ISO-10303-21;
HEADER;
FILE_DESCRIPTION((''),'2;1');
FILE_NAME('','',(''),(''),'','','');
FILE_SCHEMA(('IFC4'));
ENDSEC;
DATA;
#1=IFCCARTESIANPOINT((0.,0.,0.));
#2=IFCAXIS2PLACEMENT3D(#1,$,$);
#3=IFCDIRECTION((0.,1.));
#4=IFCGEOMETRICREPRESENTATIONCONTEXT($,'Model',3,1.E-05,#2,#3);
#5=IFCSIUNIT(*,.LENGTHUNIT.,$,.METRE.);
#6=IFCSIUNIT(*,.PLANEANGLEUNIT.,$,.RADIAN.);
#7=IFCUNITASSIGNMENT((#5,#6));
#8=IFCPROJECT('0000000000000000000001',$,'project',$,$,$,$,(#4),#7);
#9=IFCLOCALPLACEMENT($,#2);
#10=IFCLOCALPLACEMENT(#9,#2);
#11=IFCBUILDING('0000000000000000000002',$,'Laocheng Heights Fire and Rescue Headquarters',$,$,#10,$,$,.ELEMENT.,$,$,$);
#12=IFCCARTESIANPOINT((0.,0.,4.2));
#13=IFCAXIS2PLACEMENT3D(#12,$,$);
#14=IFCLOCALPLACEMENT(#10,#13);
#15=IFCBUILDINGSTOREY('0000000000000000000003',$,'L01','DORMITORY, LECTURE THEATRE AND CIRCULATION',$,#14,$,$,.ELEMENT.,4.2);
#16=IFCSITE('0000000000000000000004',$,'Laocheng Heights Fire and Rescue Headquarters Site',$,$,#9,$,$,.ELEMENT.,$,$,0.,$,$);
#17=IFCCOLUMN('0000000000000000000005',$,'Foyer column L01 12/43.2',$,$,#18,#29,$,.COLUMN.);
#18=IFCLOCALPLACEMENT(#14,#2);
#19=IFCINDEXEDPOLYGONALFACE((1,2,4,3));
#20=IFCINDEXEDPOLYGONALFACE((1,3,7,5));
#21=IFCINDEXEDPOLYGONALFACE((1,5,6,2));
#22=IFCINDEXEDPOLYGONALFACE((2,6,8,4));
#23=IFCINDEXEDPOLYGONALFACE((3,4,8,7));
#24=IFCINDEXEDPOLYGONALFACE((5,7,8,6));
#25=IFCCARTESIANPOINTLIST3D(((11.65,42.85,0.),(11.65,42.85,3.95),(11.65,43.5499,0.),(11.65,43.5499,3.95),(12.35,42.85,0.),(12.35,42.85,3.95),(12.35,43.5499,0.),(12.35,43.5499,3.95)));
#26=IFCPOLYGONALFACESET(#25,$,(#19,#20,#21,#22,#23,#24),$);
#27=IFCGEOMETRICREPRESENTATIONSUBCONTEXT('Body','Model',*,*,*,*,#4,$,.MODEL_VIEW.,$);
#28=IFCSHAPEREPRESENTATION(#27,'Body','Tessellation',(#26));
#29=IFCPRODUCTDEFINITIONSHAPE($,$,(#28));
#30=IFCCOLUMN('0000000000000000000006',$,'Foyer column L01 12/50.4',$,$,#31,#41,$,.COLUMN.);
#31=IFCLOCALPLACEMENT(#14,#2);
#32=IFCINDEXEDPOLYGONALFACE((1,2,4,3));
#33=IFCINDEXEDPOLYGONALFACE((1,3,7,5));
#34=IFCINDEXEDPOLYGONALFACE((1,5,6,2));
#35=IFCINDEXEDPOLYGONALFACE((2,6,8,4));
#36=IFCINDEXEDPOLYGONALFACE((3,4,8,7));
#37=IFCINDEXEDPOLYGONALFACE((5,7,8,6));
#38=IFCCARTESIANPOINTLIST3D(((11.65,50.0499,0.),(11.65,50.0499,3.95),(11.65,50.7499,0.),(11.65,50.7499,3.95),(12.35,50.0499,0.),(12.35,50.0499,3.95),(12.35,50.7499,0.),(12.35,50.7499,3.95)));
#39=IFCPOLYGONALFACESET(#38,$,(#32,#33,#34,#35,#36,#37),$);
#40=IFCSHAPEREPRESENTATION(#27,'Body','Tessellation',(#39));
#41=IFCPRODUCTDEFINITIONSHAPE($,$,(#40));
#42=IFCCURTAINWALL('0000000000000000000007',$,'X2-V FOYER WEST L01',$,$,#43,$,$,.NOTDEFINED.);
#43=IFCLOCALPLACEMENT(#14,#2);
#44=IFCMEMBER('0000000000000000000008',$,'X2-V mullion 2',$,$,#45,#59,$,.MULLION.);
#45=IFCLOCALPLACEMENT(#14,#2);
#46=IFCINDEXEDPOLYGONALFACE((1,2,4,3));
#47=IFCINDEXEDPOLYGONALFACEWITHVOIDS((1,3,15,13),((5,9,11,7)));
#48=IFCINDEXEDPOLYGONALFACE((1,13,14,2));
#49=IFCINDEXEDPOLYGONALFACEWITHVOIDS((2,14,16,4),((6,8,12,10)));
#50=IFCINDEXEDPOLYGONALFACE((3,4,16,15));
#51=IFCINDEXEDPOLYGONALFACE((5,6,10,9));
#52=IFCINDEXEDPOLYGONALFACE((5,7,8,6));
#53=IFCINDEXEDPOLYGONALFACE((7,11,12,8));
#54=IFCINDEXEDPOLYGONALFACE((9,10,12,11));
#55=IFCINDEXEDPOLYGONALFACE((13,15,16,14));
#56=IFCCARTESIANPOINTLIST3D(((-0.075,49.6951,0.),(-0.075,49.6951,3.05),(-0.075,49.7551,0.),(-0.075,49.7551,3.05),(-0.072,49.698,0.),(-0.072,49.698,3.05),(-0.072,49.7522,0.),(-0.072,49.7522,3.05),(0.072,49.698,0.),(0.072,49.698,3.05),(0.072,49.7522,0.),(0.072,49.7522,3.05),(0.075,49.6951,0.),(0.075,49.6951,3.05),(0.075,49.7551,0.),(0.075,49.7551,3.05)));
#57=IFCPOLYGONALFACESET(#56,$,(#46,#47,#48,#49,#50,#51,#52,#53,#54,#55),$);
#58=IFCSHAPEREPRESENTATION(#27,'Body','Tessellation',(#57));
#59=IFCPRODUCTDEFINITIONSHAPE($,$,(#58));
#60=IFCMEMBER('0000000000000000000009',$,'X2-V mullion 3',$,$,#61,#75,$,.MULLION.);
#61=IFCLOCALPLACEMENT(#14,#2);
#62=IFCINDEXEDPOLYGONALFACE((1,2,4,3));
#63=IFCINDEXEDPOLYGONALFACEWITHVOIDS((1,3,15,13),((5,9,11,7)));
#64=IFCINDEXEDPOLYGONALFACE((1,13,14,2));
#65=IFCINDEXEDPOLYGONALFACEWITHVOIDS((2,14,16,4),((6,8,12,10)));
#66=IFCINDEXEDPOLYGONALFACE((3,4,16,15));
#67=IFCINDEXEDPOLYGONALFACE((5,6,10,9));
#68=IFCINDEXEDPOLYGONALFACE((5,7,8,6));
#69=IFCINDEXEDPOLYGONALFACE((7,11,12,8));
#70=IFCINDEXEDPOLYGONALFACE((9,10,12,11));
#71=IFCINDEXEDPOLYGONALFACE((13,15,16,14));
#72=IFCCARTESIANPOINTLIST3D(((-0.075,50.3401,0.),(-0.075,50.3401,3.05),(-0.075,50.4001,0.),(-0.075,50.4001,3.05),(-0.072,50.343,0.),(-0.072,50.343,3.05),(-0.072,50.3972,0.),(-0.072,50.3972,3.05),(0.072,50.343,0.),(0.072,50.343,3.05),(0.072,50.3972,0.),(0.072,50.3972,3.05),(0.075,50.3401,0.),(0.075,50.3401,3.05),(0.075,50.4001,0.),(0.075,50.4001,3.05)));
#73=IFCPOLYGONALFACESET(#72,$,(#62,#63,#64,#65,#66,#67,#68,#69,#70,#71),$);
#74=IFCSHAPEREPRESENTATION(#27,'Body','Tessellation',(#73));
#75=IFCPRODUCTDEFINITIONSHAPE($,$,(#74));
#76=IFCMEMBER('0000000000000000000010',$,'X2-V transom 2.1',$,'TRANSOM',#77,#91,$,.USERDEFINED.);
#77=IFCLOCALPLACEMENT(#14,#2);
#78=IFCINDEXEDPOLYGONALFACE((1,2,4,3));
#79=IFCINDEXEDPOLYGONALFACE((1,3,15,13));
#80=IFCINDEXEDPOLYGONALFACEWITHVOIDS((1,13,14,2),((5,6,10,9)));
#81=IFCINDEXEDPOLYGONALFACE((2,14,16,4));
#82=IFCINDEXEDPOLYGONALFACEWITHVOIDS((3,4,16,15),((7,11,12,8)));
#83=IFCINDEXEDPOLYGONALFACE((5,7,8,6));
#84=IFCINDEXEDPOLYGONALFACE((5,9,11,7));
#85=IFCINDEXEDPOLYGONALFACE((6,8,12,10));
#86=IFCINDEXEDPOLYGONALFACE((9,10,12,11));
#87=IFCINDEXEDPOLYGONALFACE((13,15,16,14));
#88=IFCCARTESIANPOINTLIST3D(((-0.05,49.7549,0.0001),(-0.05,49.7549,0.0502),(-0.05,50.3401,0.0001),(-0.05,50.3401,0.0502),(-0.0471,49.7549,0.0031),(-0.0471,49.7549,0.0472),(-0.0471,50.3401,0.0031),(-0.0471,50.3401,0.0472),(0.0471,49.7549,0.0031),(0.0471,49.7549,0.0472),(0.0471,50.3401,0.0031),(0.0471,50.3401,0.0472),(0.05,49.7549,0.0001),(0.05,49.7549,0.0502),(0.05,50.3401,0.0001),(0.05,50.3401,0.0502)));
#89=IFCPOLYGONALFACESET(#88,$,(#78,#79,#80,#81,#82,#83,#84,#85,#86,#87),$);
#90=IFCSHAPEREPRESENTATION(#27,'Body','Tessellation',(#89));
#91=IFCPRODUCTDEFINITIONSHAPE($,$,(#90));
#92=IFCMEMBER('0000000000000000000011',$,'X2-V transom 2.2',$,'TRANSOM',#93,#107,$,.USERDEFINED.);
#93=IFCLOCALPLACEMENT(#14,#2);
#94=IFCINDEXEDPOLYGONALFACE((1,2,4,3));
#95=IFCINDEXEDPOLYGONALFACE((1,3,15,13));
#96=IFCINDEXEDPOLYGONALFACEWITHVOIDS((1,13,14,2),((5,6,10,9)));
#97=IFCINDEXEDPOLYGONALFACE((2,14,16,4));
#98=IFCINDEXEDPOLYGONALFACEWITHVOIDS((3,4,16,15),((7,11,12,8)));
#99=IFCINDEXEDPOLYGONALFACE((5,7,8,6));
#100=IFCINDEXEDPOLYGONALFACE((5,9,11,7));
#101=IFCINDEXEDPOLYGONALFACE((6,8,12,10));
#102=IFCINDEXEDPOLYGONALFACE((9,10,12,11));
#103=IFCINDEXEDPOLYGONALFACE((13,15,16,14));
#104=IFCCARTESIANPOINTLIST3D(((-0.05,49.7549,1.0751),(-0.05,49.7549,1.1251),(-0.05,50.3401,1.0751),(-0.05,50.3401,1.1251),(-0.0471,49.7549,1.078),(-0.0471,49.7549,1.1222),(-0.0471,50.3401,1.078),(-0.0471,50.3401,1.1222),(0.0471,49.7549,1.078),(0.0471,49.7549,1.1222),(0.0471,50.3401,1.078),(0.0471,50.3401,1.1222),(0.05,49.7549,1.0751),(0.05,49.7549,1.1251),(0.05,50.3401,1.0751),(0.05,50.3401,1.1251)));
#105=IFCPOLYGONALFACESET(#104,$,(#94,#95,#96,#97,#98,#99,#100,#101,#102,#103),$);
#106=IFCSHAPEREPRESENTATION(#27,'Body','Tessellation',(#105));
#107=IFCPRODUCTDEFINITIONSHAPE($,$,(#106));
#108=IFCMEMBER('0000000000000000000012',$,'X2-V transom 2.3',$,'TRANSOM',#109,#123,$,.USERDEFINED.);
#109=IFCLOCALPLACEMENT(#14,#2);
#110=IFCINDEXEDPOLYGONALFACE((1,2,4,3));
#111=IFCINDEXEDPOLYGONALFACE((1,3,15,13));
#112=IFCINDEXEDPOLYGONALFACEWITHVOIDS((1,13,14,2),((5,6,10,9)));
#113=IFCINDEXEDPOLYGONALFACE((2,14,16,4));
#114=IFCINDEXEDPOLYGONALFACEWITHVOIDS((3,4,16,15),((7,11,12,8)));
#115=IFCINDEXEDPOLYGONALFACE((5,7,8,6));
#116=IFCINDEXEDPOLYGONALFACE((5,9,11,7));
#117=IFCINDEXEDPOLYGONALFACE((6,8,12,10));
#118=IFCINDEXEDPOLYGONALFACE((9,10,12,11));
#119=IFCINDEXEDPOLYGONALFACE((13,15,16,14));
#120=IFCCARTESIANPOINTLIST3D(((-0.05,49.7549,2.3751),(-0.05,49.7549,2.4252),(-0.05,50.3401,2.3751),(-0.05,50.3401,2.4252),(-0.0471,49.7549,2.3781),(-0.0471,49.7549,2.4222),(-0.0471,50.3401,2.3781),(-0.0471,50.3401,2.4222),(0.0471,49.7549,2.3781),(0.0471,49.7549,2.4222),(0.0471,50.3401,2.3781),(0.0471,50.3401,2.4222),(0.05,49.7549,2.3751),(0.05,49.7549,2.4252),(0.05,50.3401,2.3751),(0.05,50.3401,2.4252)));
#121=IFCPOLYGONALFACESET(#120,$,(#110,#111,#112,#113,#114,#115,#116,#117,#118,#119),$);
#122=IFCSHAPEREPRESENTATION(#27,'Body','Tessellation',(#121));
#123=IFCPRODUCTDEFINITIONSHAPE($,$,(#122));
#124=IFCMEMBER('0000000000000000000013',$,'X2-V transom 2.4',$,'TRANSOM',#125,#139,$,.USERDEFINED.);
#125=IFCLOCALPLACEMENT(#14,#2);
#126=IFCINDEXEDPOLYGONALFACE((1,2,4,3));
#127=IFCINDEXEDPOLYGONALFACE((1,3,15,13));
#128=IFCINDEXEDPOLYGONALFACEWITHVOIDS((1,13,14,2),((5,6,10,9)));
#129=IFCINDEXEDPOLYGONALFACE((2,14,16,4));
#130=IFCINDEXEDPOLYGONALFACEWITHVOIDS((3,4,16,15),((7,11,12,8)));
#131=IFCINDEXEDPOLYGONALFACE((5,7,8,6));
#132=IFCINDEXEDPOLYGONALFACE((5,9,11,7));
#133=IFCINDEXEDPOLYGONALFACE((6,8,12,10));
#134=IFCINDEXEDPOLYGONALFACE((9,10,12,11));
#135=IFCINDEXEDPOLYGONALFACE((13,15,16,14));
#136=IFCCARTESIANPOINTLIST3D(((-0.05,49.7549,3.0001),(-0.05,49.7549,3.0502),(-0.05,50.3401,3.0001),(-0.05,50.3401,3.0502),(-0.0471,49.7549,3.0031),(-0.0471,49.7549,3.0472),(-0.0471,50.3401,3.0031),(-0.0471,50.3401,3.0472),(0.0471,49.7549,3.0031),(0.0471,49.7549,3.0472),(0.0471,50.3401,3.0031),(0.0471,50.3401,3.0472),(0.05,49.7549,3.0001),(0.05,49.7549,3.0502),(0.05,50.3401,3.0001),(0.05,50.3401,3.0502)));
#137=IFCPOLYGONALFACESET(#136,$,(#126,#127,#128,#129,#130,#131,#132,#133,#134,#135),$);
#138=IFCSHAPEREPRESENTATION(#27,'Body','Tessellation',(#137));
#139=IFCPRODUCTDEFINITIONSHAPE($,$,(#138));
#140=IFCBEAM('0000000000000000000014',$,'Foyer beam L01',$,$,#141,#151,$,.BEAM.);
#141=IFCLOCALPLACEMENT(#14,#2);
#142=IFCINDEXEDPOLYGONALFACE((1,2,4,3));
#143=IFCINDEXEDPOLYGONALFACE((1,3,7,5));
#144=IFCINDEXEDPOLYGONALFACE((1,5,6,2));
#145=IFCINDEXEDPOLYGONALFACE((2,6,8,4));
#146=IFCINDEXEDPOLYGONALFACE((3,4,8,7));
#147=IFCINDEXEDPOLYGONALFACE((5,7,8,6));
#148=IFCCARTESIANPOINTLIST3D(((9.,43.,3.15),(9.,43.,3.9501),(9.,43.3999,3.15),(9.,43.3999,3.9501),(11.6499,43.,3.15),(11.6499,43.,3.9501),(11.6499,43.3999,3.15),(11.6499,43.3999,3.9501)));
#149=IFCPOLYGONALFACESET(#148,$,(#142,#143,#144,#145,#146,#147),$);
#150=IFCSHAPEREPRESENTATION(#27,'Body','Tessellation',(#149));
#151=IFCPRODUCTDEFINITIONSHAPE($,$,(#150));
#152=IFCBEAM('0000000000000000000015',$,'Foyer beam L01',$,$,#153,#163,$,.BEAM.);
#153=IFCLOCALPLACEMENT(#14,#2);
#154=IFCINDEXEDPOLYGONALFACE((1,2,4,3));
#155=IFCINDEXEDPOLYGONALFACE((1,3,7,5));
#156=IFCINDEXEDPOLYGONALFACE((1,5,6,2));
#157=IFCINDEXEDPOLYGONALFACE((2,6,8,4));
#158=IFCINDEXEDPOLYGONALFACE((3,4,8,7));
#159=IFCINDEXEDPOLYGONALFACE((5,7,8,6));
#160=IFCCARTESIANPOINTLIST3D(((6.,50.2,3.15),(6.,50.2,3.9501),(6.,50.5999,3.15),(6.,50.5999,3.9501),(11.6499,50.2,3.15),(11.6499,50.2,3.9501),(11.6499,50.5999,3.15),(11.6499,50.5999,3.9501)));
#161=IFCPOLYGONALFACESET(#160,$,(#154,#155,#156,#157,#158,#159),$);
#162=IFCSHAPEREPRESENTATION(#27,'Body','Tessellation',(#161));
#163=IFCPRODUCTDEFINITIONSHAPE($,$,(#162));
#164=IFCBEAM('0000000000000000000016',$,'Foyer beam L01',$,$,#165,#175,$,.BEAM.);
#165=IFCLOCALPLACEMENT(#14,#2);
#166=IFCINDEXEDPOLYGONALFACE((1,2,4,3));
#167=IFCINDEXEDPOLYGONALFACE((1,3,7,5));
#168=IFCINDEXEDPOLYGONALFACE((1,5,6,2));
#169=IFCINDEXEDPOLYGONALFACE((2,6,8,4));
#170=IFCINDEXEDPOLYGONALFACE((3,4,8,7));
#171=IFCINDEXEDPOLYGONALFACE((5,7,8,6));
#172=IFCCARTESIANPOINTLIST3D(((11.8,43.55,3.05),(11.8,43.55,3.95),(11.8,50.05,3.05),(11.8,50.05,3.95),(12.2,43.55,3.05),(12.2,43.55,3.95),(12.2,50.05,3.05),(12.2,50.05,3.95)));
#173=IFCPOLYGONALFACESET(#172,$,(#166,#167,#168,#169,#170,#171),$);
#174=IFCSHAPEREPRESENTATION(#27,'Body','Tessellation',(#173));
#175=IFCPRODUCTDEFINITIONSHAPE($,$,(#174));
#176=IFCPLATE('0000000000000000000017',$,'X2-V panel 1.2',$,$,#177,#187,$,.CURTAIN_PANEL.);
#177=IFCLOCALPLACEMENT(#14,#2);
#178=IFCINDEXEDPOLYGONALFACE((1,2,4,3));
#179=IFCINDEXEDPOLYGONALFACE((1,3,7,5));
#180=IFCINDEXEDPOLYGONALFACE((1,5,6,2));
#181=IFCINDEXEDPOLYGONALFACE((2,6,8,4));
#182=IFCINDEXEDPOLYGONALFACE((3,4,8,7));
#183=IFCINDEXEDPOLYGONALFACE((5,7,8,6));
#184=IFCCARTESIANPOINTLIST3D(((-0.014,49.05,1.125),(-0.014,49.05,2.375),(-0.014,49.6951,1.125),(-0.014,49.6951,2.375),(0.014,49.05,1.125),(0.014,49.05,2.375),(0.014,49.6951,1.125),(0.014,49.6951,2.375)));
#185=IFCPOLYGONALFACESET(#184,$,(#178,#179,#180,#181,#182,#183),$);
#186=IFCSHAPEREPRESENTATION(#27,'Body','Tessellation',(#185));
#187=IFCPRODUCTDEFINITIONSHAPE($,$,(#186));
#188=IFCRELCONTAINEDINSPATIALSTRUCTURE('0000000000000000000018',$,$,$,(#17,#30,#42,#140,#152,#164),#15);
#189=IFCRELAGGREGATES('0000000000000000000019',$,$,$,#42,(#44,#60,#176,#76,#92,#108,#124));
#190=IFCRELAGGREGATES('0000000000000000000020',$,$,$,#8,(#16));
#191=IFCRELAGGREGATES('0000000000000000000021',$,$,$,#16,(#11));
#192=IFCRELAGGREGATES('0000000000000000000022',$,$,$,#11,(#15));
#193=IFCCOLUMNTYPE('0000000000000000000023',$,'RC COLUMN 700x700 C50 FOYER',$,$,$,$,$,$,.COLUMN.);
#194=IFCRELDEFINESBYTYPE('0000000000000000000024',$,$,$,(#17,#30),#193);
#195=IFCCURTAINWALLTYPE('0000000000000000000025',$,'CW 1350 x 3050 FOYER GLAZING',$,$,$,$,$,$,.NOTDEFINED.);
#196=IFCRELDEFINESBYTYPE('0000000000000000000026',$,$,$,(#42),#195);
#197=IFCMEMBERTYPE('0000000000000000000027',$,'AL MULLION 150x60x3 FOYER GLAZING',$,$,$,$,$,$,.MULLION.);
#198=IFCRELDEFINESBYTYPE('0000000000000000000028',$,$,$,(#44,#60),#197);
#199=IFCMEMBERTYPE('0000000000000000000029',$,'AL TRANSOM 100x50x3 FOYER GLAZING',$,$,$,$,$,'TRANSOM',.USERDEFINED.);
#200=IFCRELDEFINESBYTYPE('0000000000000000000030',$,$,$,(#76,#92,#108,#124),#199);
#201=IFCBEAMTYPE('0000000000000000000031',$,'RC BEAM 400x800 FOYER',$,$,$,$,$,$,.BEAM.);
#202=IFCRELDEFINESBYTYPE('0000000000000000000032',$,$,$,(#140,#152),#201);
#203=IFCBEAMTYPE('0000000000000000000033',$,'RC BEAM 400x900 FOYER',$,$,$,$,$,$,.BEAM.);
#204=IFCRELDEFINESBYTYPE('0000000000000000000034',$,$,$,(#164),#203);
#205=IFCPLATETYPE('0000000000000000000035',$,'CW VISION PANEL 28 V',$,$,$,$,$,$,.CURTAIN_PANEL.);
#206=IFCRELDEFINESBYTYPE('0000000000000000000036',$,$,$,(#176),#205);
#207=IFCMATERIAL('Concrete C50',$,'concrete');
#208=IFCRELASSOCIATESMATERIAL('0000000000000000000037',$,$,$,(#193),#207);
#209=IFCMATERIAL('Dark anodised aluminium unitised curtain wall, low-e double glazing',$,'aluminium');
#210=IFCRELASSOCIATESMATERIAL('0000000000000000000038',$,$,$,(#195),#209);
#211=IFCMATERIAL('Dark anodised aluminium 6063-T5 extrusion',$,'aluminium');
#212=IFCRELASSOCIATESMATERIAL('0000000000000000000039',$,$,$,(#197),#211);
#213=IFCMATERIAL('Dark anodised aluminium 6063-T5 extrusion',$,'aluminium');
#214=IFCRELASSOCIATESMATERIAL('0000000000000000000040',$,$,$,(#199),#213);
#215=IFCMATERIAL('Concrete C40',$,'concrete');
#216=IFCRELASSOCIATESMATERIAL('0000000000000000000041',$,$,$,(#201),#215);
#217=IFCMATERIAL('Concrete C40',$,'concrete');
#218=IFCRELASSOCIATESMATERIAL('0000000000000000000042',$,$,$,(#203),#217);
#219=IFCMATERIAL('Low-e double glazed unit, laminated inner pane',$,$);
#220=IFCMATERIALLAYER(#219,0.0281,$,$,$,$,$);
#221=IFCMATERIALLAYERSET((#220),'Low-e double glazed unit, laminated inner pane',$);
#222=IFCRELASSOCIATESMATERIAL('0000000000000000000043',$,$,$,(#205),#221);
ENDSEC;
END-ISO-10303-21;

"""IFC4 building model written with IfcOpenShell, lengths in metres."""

from ifc_helpers import new_model, si_unit, direction, frame, origin, origin_2d, place, context, subcontext, project, spatial, rectangle, hollow_rectangle, extrude, material, layer, layer_set, material_profile, profile_set, type_object, element, aggregate, save


model = new_model("IFC4")

# Units and contexts
model_context = context("Model", 3, precision=1e-05, world=origin(), true_north=direction((0.0, 1.0)))
body_context = subcontext(model_context, "Body", "Model", "MODEL_VIEW")
ifc_project = project(units=[si_unit("LENGTHUNIT", "METRE"), si_unit("PLANEANGLEUNIT", "RADIAN")], contexts=[model_context])

# Site, building, storey
site_placement = place(None, origin())
site = spatial("IfcSite", under=ifc_project, at=site_placement, Name="Laocheng Heights Fire and Rescue Headquarters Site", CompositionType="ELEMENT", RefElevation=0.0)
building_placement = place(site_placement, origin())
building = spatial("IfcBuilding", under=site, at=building_placement, Name="Laocheng Heights Fire and Rescue Headquarters", CompositionType="ELEMENT")
storey_placement = place(building_placement, frame((0.0, 0.0, 4.2)))
storey = spatial("IfcBuildingStorey", under=building, at=storey_placement, Name="L01", Description="DORMITORY, LECTURE THEATRE AND CIRCULATION", CompositionType="ELEMENT", Elevation=4.2)

# Columns
ifc_material_1 = material(Name="Concrete C50", Category="concrete")
ifc_material_profile_1 = material_profile(ifc_material_1, rectangle(XDim=0.7, YDim=0.7, at=origin_2d()), Name="RC COLUMN 700x700 C50 FOYER")
ifc_profile_set_1 = profile_set([ifc_material_profile_1], Name="Concrete C50")
column_type = type_object("IfcColumnType", Name="RC COLUMN 700x700 C50 FOYER", PredefinedType="COLUMN", material=ifc_profile_set_1)
for number, where, z_axis, x_axis, name in (
    (1, (12.0, 43.2, 0.0), (0.0, 0.0, 1.0), (1.0, 0.0, 0.0), "Foyer column L01 12/43.2"),
    (2, (12.0, 50.3999, 0.0), (0.0, 0.0, 1.0), (1.0, 0.0, 0.0), "Foyer column L01 12/50.4"),
):
    element("IfcColumn", number, at=place(storey_placement, frame(where, z_axis=z_axis, x_axis=x_axis)), inside=storey, type_object=column_type, Name=name, PredefinedType="COLUMN", context=body_context, shape_type="SweptSolid", body=[
        extrude(rectangle(XDim=0.7, YDim=0.7, at=origin_2d()), origin(), (0.0, 0.0, 1.0), 3.95),
    ])

# Curtain wall, members
ifc_material_2 = material(Name="Dark anodised aluminium unitised curtain wall, low-e double glazing", Category="aluminium")
curtain_wall_type = type_object("IfcCurtainWallType", Name="CW 1350 x 3050 FOYER GLAZING", PredefinedType="NOTDEFINED", material=ifc_material_2)
curtain_wall_placement = place(storey_placement, origin())
curtain_wall = element("IfcCurtainWall", 3, at=curtain_wall_placement, inside=storey, type_object=curtain_wall_type, Name="X2-V FOYER WEST L01", PredefinedType="NOTDEFINED")
ifc_material_3 = material(Name="Dark anodised aluminium 6063-T5 extrusion", Category="aluminium")
ifc_material_profile_2 = material_profile(ifc_material_3, hollow_rectangle(XDim=0.1499, YDim=0.0601, WallThickness=0.0029, at=origin_2d()), Name="AL MULLION 150x60x3 FOYER GLAZING")
ifc_profile_set_2 = profile_set([ifc_material_profile_2], Name="Dark anodised aluminium 6063-T5 extrusion")
member_type_1 = type_object("IfcMemberType", Name="AL MULLION 150x60x3 FOYER GLAZING", PredefinedType="MULLION", material=ifc_profile_set_2)
member_1_placement = place(storey_placement, frame((0.0, 49.7251, 0.0), z_axis=(0.0, 0.0, 1.0), x_axis=(-1.0, 0.0, 0.0)))
member_1 = element("IfcMember", 4, at=member_1_placement, type_object=member_type_1, Name="X2-V mullion 2", PredefinedType="MULLION", context=body_context, shape_type="SweptSolid", body=[
    extrude(hollow_rectangle(XDim=0.1499, YDim=0.0601, WallThickness=0.0029, at=origin_2d()), origin(), (0.0, 0.0, 1.0), 3.05),
])
member_2_placement = place(storey_placement, frame((0.0, 50.3701, 0.0), z_axis=(0.0, 0.0, 1.0), x_axis=(-1.0, 0.0, 0.0)))
member_2 = element("IfcMember", 5, at=member_2_placement, type_object=member_type_1, Name="X2-V mullion 3", PredefinedType="MULLION", context=body_context, shape_type="SweptSolid", body=[
    extrude(hollow_rectangle(XDim=0.1499, YDim=0.0601, WallThickness=0.0029, at=origin_2d()), origin(), (0.0, 0.0, 1.0), 3.05),
])
ifc_material_4 = material(Name="Dark anodised aluminium 6063-T5 extrusion", Category="aluminium")
ifc_material_profile_3 = material_profile(ifc_material_4, hollow_rectangle(XDim=0.1001, YDim=0.05, WallThickness=0.0029, at=origin_2d()), Name="AL TRANSOM 100x50x3 FOYER GLAZING")
ifc_profile_set_3 = profile_set([ifc_material_profile_3], Name="Dark anodised aluminium 6063-T5 extrusion")
member_type_2 = type_object("IfcMemberType", Name="AL TRANSOM 100x50x3 FOYER GLAZING", ElementType="TRANSOM", PredefinedType="USERDEFINED", material=ifc_profile_set_3)
member_3_placement = place(storey_placement, frame((0.0, 49.7549, 0.0251), z_axis=(0.0, 1.0, 0.0), x_axis=(-1.0, 0.0, 0.0)))
member_3 = element("IfcMember", 6, at=member_3_placement, type_object=member_type_2, Name="X2-V transom 2.1", ObjectType="TRANSOM", PredefinedType="USERDEFINED", context=body_context, shape_type="SweptSolid", body=[
    extrude(hollow_rectangle(XDim=0.1001, YDim=0.05, WallThickness=0.0029, at=origin_2d()), origin(), (0.0, 0.0, 1.0), 0.5852),
])
member_4_placement = place(storey_placement, frame((0.0, 49.7549, 1.1001), z_axis=(0.0, 1.0, 0.0), x_axis=(-1.0, 0.0, 0.0)))
member_4 = element("IfcMember", 7, at=member_4_placement, type_object=member_type_2, Name="X2-V transom 2.2", ObjectType="TRANSOM", PredefinedType="USERDEFINED", context=body_context, shape_type="SweptSolid", body=[
    extrude(hollow_rectangle(XDim=0.1001, YDim=0.05, WallThickness=0.0029, at=origin_2d()), origin(), (0.0, 0.0, 1.0), 0.5852),
])
member_5_placement = place(storey_placement, frame((0.0, 49.7549, 2.4001), z_axis=(0.0, 1.0, 0.0), x_axis=(-1.0, 0.0, 0.0)))
member_5 = element("IfcMember", 8, at=member_5_placement, type_object=member_type_2, Name="X2-V transom 2.3", ObjectType="TRANSOM", PredefinedType="USERDEFINED", context=body_context, shape_type="SweptSolid", body=[
    extrude(hollow_rectangle(XDim=0.1001, YDim=0.05, WallThickness=0.0029, at=origin_2d()), origin(), (0.0, 0.0, 1.0), 0.5852),
])
member_6_placement = place(storey_placement, frame((0.0, 49.7549, 3.0251), z_axis=(0.0, 1.0, 0.0), x_axis=(-1.0, 0.0, 0.0)))
member_6 = element("IfcMember", 9, at=member_6_placement, type_object=member_type_2, Name="X2-V transom 2.4", ObjectType="TRANSOM", PredefinedType="USERDEFINED", context=body_context, shape_type="SweptSolid", body=[
    extrude(hollow_rectangle(XDim=0.1001, YDim=0.05, WallThickness=0.0029, at=origin_2d()), origin(), (0.0, 0.0, 1.0), 0.5852),
])

# Beams
ifc_material_5 = material(Name="Concrete C40", Category="concrete")
ifc_material_profile_4 = material_profile(ifc_material_5, rectangle(XDim=0.3999, YDim=0.8, at=origin_2d()), Name="RC BEAM 400x800 FOYER")
ifc_profile_set_4 = profile_set([ifc_material_profile_4], Name="Concrete C40")
beam_type_1 = type_object("IfcBeamType", Name="RC BEAM 400x800 FOYER", PredefinedType="BEAM", material=ifc_profile_set_4)
beam_1_placement = place(storey_placement, frame((9.0, 43.2, 3.55), z_axis=(1.0, 0.0, 0.0), x_axis=(0.0, 1.0, 0.0)))
element("IfcBeam", 10, at=beam_1_placement, inside=storey, type_object=beam_type_1, Name="Foyer beam L01", PredefinedType="BEAM", context=body_context, shape_type="SweptSolid", body=[
    extrude(rectangle(XDim=0.3999, YDim=0.8, at=origin_2d()), origin(), (0.0, 0.0, 1.0), 2.6499),
])
beam_2_placement = place(storey_placement, frame((6.0, 50.3999, 3.55), z_axis=(1.0, 0.0, 0.0), x_axis=(0.0, 1.0, 0.0)))
element("IfcBeam", 11, at=beam_2_placement, inside=storey, type_object=beam_type_1, Name="Foyer beam L01", PredefinedType="BEAM", context=body_context, shape_type="SweptSolid", body=[
    extrude(rectangle(XDim=0.3999, YDim=0.8, at=origin_2d()), origin(), (0.0, 0.0, 1.0), 5.6499),
])
ifc_material_6 = material(Name="Concrete C40", Category="concrete")
ifc_material_profile_5 = material_profile(ifc_material_6, rectangle(XDim=0.3999, YDim=0.8999, at=origin_2d()), Name="RC BEAM 400x900 FOYER")
ifc_profile_set_5 = profile_set([ifc_material_profile_5], Name="Concrete C40")
beam_type_2 = type_object("IfcBeamType", Name="RC BEAM 400x900 FOYER", PredefinedType="BEAM", material=ifc_profile_set_5)
beam_3_placement = place(storey_placement, frame((12.0, 43.55, 3.5), z_axis=(0.0, 1.0, 0.0), x_axis=(-1.0, 0.0, 0.0)))
element("IfcBeam", 12, at=beam_3_placement, inside=storey, type_object=beam_type_2, Name="Foyer beam L01", PredefinedType="BEAM", context=body_context, shape_type="SweptSolid", body=[
    extrude(rectangle(XDim=0.3999, YDim=0.8999, at=origin_2d()), origin(), (0.0, 0.0, 1.0), 6.5),
])

# Plate
ifc_material_7 = material(Name="Low-e double glazed unit, laminated inner pane")
ifc_layer_1 = layer(ifc_material_7, 0.0281)
ifc_layer_set_1 = layer_set([ifc_layer_1], Name="Low-e double glazed unit, laminated inner pane")
plate_type = type_object("IfcPlateType", Name="CW VISION PANEL 28 V", PredefinedType="CURTAIN_PANEL", material=ifc_layer_set_1)
plate_1_placement = place(storey_placement, frame((0.0, 49.3726, 1.125), z_axis=(0.0, 0.0, 1.0), x_axis=(0.0, 1.0, 0.0)))
plate_1 = element("IfcPlate", 13, at=plate_1_placement, type_object=plate_type, Name="X2-V panel 1.2", PredefinedType="CURTAIN_PANEL", context=body_context, shape_type="SweptSolid", body=[
    extrude(rectangle(XDim=0.645, YDim=0.0281, at=origin_2d()), origin(), (0.0, 0.0, 1.0), 1.25),
])
aggregate(curtain_wall, [member_1, member_2, plate_1, member_3, member_4, member_5, member_6])

save(model, "model.ifc")
